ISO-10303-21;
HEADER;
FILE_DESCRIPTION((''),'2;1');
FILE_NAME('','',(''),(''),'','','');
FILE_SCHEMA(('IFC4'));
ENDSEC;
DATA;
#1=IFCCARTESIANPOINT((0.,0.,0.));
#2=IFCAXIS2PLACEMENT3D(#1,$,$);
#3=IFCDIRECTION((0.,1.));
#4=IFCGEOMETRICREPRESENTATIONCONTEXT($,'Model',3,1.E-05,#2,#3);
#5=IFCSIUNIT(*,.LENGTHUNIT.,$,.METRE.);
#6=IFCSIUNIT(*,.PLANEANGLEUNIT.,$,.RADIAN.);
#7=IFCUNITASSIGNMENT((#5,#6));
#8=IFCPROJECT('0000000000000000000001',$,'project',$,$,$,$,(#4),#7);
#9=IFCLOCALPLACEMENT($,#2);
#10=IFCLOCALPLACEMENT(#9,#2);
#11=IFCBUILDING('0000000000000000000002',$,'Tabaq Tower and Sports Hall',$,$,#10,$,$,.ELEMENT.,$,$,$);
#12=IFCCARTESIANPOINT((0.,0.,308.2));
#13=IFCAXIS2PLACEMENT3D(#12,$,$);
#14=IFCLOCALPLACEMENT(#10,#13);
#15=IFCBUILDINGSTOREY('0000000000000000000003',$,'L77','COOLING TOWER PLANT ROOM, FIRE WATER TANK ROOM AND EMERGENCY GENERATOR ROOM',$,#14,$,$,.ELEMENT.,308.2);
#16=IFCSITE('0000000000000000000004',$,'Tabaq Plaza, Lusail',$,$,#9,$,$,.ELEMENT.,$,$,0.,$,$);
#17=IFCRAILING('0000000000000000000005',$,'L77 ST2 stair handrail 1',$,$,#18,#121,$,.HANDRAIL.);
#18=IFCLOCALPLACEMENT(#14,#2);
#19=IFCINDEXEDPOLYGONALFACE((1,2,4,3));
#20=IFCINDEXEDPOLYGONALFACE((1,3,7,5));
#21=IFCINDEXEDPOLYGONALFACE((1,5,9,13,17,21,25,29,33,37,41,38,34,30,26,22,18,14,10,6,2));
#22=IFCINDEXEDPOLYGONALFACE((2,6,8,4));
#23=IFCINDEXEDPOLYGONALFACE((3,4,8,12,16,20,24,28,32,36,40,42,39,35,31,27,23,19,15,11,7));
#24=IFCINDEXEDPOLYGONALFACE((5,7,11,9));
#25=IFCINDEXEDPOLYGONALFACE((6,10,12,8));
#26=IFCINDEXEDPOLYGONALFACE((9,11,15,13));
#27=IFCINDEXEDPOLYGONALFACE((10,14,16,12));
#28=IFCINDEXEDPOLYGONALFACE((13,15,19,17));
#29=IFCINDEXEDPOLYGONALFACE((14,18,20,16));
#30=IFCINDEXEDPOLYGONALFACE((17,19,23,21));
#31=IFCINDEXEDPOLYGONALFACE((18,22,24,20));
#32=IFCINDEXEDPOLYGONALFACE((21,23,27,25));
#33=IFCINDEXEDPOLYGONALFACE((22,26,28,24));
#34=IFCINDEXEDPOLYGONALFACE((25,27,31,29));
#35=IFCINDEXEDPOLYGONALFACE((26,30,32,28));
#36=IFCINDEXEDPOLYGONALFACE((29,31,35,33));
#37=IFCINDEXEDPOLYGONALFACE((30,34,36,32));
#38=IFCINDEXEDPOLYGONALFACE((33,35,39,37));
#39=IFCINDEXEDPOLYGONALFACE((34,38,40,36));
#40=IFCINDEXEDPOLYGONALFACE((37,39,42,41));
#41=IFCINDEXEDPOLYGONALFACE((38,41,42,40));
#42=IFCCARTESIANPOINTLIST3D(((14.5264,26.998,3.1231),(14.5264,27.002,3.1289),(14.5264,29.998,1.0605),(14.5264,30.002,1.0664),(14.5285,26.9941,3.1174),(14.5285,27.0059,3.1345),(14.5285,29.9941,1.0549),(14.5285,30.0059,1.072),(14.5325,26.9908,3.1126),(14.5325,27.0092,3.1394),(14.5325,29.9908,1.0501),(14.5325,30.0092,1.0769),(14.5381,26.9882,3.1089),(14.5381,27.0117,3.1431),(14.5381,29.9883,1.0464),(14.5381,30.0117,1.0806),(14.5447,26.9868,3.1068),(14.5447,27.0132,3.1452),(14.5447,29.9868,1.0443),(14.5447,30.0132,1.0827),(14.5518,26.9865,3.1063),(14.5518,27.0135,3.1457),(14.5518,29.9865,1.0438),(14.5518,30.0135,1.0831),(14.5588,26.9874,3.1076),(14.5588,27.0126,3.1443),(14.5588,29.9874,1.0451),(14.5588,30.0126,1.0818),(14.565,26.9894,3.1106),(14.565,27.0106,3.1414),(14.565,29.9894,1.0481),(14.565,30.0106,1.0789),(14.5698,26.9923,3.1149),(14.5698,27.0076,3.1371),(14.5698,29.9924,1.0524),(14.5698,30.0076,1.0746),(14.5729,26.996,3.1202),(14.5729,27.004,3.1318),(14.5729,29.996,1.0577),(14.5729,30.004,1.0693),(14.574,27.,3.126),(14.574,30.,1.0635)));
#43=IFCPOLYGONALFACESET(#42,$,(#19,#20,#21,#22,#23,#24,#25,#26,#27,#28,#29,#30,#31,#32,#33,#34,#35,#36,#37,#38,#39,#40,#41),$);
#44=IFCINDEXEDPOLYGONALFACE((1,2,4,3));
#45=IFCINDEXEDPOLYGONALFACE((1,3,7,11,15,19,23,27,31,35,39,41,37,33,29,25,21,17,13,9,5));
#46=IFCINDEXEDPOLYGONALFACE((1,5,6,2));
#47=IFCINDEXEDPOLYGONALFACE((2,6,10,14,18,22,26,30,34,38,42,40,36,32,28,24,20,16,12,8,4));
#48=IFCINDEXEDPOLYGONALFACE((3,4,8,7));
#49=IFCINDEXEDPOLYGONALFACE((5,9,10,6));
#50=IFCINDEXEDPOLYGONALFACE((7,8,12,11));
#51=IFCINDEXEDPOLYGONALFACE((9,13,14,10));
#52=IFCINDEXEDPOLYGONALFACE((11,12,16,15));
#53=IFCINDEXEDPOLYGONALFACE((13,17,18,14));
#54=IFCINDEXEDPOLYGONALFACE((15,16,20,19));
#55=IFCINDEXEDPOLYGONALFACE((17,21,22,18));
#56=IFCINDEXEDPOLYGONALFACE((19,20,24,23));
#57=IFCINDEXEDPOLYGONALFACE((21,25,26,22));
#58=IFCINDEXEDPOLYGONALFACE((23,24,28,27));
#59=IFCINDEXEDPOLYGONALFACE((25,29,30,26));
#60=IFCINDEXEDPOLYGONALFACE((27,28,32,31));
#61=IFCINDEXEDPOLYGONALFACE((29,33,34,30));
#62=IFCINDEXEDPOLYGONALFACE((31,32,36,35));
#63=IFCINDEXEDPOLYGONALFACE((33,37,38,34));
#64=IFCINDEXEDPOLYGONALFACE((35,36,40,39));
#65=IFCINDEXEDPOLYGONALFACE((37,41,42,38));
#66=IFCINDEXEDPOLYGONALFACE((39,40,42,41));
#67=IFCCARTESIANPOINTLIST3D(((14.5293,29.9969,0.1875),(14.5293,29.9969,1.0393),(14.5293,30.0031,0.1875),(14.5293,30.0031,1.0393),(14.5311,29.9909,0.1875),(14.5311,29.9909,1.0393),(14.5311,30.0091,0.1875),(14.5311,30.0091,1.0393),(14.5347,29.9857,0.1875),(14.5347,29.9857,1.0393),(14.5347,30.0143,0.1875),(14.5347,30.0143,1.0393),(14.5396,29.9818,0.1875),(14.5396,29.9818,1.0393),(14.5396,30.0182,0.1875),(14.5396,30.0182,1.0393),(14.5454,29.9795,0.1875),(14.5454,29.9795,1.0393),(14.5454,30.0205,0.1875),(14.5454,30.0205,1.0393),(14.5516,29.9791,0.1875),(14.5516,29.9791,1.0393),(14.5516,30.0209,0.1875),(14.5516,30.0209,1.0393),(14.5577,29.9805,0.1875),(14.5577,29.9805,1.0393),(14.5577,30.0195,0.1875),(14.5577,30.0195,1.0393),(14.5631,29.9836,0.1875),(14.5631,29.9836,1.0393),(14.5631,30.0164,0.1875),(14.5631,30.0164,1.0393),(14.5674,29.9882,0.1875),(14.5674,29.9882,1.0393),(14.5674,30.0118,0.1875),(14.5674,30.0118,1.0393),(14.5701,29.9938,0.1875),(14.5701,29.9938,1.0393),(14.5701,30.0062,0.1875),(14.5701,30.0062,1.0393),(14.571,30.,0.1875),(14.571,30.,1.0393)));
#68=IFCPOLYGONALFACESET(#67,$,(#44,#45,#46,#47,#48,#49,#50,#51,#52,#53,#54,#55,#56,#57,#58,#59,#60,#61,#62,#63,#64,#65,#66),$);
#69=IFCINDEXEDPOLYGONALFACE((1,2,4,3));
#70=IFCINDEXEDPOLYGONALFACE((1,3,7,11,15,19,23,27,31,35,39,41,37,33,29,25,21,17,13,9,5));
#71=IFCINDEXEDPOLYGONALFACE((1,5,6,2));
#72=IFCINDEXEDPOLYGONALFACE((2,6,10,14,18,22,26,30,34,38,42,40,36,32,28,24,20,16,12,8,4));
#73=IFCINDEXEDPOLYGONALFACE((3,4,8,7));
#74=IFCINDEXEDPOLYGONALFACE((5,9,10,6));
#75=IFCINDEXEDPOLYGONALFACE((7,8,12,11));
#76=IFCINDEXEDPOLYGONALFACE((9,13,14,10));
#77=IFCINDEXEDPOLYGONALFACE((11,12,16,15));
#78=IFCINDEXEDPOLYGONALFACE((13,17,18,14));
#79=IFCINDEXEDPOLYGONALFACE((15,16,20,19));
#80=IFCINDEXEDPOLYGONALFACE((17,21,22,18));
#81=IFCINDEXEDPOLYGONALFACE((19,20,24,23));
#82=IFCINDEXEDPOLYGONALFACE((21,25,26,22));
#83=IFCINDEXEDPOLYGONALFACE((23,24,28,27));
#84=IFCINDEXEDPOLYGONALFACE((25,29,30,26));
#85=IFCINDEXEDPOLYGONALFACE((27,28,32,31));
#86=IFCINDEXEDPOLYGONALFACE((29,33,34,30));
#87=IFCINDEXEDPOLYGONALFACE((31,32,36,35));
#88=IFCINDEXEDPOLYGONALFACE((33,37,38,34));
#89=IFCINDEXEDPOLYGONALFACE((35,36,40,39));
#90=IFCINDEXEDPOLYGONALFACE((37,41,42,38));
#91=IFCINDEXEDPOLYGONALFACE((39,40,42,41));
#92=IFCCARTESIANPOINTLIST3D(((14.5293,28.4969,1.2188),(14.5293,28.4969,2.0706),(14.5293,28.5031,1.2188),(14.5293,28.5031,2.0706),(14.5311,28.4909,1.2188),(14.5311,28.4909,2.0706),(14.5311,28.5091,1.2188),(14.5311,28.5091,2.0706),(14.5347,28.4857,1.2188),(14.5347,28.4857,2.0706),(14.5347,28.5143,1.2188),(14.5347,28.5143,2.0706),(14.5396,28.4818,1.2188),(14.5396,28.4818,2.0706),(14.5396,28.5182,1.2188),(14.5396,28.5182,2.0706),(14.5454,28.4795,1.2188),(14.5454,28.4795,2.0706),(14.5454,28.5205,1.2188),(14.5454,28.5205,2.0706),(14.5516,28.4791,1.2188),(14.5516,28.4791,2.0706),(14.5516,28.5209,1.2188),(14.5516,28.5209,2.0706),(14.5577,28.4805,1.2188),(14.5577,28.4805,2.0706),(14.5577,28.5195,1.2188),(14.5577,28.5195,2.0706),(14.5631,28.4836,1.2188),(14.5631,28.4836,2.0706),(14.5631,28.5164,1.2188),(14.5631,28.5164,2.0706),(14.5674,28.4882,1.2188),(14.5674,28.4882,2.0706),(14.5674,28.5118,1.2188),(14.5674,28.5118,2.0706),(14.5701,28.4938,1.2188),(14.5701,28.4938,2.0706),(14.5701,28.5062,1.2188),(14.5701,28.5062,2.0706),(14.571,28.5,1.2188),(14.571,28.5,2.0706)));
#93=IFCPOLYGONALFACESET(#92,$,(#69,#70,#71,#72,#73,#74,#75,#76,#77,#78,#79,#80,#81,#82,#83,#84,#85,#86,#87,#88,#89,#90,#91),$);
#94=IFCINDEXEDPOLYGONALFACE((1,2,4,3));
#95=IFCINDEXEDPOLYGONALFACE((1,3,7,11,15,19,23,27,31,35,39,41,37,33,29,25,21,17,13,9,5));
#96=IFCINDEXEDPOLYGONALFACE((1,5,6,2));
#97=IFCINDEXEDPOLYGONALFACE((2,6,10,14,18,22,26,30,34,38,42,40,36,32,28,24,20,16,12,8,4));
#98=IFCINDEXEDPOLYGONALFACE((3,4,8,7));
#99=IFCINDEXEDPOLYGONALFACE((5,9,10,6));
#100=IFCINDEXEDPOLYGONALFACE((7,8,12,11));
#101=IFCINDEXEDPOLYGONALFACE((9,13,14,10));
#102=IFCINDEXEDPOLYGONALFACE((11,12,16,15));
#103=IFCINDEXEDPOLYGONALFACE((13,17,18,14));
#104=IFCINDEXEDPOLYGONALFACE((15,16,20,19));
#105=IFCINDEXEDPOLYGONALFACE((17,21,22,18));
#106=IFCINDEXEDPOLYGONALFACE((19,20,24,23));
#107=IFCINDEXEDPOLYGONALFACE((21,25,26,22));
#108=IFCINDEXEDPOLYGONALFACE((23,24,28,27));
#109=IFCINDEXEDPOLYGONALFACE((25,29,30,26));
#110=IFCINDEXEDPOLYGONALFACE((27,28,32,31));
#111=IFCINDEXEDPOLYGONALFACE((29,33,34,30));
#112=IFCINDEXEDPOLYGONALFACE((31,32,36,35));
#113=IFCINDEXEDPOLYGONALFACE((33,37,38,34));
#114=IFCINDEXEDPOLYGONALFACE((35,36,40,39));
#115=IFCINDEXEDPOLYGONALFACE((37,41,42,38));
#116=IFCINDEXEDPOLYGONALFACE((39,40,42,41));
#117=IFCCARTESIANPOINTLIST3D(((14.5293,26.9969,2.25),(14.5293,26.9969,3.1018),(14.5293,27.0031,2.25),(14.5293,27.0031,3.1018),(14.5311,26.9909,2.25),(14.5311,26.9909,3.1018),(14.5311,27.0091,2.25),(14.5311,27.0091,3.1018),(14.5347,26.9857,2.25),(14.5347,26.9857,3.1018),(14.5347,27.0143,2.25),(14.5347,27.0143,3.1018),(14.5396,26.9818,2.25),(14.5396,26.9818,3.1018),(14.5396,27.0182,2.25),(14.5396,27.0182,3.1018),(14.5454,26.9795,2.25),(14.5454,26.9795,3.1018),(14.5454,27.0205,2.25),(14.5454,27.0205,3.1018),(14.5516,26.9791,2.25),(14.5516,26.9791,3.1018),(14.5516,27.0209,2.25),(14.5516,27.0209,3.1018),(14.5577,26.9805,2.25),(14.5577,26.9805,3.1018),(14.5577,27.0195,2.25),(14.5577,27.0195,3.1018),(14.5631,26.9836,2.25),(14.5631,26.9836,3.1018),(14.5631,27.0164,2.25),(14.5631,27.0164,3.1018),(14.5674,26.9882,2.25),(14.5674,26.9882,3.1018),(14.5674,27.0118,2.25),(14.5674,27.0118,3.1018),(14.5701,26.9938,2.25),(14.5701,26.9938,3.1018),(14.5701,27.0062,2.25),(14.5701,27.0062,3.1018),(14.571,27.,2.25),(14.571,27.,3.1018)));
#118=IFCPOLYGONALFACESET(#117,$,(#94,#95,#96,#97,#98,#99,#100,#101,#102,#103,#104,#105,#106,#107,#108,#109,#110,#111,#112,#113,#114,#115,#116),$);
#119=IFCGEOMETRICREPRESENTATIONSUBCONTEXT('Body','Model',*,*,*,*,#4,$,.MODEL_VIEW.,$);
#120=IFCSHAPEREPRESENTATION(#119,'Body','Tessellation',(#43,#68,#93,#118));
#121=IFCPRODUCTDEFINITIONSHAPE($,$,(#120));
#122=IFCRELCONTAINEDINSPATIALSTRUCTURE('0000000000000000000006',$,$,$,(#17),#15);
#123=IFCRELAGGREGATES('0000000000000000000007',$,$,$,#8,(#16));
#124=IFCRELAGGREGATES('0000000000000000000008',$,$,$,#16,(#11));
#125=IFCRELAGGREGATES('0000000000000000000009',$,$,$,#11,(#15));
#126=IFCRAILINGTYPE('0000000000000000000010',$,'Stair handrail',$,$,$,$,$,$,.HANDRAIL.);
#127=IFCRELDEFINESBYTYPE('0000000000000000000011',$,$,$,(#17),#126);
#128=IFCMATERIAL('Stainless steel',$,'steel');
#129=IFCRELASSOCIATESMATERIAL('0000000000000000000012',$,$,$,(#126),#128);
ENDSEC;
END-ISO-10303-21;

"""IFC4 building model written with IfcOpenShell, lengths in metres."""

from ifc_helpers import new_model, si_unit, direction, frame, origin, origin_2d, place, context, subcontext, project, spatial, circle, extrude, material, type_object, element, save


model = new_model("IFC4")

# Units and contexts
model_context = context("Model", 3, precision=1e-05, world=origin(), true_north=direction((0.0, 1.0)))
body_context = subcontext(model_context, "Body", "Model", "MODEL_VIEW")
ifc_project = project(units=[si_unit("LENGTHUNIT", "METRE"), si_unit("PLANEANGLEUNIT", "RADIAN")], contexts=[model_context])

# Site, building, storey
site_placement = place(None, origin())
site = spatial("IfcSite", under=ifc_project, at=site_placement, Name="Tabaq Plaza, Lusail", CompositionType="ELEMENT", RefElevation=0.0)
building_placement = place(site_placement, origin())
building = spatial("IfcBuilding", under=site, at=building_placement, Name="Tabaq Tower and Sports Hall", CompositionType="ELEMENT")
storey_placement = place(building_placement, frame((0.0, 0.0, 308.2)))
storey = spatial("IfcBuildingStorey", under=building, at=storey_placement, Name="L77", Description="COOLING TOWER PLANT ROOM, FIRE WATER TANK ROOM AND EMERGENCY GENERATOR ROOM", CompositionType="ELEMENT", Elevation=308.2)

# Railing
ifc_material_1 = material(Name="Stainless steel", Category="steel")
railing_type_1 = type_object("IfcRailingType", Name="Stair handrail", PredefinedType="HANDRAIL", material=ifc_material_1)
railing_1_placement = place(storey_placement, frame((14.55, 30.0, 0.1875)))
element("IfcRailing", 1, at=railing_1_placement, inside=storey, type_object=railing_type_1, Name="L77 ST2 stair handrail 1", PredefinedType="HANDRAIL", context=body_context, shape_type="SweptSolid", body=[
    extrude(circle(Radius=0.0239, at=origin_2d()), frame((0.0, 0.0, 0.876), z_axis=(0.0, -0.824042, 0.566529), x_axis=(1.0, 0.0, 0.0)), (0.0, 0.0, 1.0), 3.6406),
    extrude(circle(Radius=0.021, at=origin_2d()), origin(), (0.0, 0.0, 1.0), 0.8518),
    extrude(circle(Radius=0.021, at=origin_2d()), frame((0.0, -1.5, 1.0312)), (0.0, 0.0, 1.0), 0.8518),
    extrude(circle(Radius=0.021, at=origin_2d()), frame((0.0, -3.0, 2.0625)), (0.0, 0.0, 1.0), 0.8518),
])

save(model, "model.ifc")
